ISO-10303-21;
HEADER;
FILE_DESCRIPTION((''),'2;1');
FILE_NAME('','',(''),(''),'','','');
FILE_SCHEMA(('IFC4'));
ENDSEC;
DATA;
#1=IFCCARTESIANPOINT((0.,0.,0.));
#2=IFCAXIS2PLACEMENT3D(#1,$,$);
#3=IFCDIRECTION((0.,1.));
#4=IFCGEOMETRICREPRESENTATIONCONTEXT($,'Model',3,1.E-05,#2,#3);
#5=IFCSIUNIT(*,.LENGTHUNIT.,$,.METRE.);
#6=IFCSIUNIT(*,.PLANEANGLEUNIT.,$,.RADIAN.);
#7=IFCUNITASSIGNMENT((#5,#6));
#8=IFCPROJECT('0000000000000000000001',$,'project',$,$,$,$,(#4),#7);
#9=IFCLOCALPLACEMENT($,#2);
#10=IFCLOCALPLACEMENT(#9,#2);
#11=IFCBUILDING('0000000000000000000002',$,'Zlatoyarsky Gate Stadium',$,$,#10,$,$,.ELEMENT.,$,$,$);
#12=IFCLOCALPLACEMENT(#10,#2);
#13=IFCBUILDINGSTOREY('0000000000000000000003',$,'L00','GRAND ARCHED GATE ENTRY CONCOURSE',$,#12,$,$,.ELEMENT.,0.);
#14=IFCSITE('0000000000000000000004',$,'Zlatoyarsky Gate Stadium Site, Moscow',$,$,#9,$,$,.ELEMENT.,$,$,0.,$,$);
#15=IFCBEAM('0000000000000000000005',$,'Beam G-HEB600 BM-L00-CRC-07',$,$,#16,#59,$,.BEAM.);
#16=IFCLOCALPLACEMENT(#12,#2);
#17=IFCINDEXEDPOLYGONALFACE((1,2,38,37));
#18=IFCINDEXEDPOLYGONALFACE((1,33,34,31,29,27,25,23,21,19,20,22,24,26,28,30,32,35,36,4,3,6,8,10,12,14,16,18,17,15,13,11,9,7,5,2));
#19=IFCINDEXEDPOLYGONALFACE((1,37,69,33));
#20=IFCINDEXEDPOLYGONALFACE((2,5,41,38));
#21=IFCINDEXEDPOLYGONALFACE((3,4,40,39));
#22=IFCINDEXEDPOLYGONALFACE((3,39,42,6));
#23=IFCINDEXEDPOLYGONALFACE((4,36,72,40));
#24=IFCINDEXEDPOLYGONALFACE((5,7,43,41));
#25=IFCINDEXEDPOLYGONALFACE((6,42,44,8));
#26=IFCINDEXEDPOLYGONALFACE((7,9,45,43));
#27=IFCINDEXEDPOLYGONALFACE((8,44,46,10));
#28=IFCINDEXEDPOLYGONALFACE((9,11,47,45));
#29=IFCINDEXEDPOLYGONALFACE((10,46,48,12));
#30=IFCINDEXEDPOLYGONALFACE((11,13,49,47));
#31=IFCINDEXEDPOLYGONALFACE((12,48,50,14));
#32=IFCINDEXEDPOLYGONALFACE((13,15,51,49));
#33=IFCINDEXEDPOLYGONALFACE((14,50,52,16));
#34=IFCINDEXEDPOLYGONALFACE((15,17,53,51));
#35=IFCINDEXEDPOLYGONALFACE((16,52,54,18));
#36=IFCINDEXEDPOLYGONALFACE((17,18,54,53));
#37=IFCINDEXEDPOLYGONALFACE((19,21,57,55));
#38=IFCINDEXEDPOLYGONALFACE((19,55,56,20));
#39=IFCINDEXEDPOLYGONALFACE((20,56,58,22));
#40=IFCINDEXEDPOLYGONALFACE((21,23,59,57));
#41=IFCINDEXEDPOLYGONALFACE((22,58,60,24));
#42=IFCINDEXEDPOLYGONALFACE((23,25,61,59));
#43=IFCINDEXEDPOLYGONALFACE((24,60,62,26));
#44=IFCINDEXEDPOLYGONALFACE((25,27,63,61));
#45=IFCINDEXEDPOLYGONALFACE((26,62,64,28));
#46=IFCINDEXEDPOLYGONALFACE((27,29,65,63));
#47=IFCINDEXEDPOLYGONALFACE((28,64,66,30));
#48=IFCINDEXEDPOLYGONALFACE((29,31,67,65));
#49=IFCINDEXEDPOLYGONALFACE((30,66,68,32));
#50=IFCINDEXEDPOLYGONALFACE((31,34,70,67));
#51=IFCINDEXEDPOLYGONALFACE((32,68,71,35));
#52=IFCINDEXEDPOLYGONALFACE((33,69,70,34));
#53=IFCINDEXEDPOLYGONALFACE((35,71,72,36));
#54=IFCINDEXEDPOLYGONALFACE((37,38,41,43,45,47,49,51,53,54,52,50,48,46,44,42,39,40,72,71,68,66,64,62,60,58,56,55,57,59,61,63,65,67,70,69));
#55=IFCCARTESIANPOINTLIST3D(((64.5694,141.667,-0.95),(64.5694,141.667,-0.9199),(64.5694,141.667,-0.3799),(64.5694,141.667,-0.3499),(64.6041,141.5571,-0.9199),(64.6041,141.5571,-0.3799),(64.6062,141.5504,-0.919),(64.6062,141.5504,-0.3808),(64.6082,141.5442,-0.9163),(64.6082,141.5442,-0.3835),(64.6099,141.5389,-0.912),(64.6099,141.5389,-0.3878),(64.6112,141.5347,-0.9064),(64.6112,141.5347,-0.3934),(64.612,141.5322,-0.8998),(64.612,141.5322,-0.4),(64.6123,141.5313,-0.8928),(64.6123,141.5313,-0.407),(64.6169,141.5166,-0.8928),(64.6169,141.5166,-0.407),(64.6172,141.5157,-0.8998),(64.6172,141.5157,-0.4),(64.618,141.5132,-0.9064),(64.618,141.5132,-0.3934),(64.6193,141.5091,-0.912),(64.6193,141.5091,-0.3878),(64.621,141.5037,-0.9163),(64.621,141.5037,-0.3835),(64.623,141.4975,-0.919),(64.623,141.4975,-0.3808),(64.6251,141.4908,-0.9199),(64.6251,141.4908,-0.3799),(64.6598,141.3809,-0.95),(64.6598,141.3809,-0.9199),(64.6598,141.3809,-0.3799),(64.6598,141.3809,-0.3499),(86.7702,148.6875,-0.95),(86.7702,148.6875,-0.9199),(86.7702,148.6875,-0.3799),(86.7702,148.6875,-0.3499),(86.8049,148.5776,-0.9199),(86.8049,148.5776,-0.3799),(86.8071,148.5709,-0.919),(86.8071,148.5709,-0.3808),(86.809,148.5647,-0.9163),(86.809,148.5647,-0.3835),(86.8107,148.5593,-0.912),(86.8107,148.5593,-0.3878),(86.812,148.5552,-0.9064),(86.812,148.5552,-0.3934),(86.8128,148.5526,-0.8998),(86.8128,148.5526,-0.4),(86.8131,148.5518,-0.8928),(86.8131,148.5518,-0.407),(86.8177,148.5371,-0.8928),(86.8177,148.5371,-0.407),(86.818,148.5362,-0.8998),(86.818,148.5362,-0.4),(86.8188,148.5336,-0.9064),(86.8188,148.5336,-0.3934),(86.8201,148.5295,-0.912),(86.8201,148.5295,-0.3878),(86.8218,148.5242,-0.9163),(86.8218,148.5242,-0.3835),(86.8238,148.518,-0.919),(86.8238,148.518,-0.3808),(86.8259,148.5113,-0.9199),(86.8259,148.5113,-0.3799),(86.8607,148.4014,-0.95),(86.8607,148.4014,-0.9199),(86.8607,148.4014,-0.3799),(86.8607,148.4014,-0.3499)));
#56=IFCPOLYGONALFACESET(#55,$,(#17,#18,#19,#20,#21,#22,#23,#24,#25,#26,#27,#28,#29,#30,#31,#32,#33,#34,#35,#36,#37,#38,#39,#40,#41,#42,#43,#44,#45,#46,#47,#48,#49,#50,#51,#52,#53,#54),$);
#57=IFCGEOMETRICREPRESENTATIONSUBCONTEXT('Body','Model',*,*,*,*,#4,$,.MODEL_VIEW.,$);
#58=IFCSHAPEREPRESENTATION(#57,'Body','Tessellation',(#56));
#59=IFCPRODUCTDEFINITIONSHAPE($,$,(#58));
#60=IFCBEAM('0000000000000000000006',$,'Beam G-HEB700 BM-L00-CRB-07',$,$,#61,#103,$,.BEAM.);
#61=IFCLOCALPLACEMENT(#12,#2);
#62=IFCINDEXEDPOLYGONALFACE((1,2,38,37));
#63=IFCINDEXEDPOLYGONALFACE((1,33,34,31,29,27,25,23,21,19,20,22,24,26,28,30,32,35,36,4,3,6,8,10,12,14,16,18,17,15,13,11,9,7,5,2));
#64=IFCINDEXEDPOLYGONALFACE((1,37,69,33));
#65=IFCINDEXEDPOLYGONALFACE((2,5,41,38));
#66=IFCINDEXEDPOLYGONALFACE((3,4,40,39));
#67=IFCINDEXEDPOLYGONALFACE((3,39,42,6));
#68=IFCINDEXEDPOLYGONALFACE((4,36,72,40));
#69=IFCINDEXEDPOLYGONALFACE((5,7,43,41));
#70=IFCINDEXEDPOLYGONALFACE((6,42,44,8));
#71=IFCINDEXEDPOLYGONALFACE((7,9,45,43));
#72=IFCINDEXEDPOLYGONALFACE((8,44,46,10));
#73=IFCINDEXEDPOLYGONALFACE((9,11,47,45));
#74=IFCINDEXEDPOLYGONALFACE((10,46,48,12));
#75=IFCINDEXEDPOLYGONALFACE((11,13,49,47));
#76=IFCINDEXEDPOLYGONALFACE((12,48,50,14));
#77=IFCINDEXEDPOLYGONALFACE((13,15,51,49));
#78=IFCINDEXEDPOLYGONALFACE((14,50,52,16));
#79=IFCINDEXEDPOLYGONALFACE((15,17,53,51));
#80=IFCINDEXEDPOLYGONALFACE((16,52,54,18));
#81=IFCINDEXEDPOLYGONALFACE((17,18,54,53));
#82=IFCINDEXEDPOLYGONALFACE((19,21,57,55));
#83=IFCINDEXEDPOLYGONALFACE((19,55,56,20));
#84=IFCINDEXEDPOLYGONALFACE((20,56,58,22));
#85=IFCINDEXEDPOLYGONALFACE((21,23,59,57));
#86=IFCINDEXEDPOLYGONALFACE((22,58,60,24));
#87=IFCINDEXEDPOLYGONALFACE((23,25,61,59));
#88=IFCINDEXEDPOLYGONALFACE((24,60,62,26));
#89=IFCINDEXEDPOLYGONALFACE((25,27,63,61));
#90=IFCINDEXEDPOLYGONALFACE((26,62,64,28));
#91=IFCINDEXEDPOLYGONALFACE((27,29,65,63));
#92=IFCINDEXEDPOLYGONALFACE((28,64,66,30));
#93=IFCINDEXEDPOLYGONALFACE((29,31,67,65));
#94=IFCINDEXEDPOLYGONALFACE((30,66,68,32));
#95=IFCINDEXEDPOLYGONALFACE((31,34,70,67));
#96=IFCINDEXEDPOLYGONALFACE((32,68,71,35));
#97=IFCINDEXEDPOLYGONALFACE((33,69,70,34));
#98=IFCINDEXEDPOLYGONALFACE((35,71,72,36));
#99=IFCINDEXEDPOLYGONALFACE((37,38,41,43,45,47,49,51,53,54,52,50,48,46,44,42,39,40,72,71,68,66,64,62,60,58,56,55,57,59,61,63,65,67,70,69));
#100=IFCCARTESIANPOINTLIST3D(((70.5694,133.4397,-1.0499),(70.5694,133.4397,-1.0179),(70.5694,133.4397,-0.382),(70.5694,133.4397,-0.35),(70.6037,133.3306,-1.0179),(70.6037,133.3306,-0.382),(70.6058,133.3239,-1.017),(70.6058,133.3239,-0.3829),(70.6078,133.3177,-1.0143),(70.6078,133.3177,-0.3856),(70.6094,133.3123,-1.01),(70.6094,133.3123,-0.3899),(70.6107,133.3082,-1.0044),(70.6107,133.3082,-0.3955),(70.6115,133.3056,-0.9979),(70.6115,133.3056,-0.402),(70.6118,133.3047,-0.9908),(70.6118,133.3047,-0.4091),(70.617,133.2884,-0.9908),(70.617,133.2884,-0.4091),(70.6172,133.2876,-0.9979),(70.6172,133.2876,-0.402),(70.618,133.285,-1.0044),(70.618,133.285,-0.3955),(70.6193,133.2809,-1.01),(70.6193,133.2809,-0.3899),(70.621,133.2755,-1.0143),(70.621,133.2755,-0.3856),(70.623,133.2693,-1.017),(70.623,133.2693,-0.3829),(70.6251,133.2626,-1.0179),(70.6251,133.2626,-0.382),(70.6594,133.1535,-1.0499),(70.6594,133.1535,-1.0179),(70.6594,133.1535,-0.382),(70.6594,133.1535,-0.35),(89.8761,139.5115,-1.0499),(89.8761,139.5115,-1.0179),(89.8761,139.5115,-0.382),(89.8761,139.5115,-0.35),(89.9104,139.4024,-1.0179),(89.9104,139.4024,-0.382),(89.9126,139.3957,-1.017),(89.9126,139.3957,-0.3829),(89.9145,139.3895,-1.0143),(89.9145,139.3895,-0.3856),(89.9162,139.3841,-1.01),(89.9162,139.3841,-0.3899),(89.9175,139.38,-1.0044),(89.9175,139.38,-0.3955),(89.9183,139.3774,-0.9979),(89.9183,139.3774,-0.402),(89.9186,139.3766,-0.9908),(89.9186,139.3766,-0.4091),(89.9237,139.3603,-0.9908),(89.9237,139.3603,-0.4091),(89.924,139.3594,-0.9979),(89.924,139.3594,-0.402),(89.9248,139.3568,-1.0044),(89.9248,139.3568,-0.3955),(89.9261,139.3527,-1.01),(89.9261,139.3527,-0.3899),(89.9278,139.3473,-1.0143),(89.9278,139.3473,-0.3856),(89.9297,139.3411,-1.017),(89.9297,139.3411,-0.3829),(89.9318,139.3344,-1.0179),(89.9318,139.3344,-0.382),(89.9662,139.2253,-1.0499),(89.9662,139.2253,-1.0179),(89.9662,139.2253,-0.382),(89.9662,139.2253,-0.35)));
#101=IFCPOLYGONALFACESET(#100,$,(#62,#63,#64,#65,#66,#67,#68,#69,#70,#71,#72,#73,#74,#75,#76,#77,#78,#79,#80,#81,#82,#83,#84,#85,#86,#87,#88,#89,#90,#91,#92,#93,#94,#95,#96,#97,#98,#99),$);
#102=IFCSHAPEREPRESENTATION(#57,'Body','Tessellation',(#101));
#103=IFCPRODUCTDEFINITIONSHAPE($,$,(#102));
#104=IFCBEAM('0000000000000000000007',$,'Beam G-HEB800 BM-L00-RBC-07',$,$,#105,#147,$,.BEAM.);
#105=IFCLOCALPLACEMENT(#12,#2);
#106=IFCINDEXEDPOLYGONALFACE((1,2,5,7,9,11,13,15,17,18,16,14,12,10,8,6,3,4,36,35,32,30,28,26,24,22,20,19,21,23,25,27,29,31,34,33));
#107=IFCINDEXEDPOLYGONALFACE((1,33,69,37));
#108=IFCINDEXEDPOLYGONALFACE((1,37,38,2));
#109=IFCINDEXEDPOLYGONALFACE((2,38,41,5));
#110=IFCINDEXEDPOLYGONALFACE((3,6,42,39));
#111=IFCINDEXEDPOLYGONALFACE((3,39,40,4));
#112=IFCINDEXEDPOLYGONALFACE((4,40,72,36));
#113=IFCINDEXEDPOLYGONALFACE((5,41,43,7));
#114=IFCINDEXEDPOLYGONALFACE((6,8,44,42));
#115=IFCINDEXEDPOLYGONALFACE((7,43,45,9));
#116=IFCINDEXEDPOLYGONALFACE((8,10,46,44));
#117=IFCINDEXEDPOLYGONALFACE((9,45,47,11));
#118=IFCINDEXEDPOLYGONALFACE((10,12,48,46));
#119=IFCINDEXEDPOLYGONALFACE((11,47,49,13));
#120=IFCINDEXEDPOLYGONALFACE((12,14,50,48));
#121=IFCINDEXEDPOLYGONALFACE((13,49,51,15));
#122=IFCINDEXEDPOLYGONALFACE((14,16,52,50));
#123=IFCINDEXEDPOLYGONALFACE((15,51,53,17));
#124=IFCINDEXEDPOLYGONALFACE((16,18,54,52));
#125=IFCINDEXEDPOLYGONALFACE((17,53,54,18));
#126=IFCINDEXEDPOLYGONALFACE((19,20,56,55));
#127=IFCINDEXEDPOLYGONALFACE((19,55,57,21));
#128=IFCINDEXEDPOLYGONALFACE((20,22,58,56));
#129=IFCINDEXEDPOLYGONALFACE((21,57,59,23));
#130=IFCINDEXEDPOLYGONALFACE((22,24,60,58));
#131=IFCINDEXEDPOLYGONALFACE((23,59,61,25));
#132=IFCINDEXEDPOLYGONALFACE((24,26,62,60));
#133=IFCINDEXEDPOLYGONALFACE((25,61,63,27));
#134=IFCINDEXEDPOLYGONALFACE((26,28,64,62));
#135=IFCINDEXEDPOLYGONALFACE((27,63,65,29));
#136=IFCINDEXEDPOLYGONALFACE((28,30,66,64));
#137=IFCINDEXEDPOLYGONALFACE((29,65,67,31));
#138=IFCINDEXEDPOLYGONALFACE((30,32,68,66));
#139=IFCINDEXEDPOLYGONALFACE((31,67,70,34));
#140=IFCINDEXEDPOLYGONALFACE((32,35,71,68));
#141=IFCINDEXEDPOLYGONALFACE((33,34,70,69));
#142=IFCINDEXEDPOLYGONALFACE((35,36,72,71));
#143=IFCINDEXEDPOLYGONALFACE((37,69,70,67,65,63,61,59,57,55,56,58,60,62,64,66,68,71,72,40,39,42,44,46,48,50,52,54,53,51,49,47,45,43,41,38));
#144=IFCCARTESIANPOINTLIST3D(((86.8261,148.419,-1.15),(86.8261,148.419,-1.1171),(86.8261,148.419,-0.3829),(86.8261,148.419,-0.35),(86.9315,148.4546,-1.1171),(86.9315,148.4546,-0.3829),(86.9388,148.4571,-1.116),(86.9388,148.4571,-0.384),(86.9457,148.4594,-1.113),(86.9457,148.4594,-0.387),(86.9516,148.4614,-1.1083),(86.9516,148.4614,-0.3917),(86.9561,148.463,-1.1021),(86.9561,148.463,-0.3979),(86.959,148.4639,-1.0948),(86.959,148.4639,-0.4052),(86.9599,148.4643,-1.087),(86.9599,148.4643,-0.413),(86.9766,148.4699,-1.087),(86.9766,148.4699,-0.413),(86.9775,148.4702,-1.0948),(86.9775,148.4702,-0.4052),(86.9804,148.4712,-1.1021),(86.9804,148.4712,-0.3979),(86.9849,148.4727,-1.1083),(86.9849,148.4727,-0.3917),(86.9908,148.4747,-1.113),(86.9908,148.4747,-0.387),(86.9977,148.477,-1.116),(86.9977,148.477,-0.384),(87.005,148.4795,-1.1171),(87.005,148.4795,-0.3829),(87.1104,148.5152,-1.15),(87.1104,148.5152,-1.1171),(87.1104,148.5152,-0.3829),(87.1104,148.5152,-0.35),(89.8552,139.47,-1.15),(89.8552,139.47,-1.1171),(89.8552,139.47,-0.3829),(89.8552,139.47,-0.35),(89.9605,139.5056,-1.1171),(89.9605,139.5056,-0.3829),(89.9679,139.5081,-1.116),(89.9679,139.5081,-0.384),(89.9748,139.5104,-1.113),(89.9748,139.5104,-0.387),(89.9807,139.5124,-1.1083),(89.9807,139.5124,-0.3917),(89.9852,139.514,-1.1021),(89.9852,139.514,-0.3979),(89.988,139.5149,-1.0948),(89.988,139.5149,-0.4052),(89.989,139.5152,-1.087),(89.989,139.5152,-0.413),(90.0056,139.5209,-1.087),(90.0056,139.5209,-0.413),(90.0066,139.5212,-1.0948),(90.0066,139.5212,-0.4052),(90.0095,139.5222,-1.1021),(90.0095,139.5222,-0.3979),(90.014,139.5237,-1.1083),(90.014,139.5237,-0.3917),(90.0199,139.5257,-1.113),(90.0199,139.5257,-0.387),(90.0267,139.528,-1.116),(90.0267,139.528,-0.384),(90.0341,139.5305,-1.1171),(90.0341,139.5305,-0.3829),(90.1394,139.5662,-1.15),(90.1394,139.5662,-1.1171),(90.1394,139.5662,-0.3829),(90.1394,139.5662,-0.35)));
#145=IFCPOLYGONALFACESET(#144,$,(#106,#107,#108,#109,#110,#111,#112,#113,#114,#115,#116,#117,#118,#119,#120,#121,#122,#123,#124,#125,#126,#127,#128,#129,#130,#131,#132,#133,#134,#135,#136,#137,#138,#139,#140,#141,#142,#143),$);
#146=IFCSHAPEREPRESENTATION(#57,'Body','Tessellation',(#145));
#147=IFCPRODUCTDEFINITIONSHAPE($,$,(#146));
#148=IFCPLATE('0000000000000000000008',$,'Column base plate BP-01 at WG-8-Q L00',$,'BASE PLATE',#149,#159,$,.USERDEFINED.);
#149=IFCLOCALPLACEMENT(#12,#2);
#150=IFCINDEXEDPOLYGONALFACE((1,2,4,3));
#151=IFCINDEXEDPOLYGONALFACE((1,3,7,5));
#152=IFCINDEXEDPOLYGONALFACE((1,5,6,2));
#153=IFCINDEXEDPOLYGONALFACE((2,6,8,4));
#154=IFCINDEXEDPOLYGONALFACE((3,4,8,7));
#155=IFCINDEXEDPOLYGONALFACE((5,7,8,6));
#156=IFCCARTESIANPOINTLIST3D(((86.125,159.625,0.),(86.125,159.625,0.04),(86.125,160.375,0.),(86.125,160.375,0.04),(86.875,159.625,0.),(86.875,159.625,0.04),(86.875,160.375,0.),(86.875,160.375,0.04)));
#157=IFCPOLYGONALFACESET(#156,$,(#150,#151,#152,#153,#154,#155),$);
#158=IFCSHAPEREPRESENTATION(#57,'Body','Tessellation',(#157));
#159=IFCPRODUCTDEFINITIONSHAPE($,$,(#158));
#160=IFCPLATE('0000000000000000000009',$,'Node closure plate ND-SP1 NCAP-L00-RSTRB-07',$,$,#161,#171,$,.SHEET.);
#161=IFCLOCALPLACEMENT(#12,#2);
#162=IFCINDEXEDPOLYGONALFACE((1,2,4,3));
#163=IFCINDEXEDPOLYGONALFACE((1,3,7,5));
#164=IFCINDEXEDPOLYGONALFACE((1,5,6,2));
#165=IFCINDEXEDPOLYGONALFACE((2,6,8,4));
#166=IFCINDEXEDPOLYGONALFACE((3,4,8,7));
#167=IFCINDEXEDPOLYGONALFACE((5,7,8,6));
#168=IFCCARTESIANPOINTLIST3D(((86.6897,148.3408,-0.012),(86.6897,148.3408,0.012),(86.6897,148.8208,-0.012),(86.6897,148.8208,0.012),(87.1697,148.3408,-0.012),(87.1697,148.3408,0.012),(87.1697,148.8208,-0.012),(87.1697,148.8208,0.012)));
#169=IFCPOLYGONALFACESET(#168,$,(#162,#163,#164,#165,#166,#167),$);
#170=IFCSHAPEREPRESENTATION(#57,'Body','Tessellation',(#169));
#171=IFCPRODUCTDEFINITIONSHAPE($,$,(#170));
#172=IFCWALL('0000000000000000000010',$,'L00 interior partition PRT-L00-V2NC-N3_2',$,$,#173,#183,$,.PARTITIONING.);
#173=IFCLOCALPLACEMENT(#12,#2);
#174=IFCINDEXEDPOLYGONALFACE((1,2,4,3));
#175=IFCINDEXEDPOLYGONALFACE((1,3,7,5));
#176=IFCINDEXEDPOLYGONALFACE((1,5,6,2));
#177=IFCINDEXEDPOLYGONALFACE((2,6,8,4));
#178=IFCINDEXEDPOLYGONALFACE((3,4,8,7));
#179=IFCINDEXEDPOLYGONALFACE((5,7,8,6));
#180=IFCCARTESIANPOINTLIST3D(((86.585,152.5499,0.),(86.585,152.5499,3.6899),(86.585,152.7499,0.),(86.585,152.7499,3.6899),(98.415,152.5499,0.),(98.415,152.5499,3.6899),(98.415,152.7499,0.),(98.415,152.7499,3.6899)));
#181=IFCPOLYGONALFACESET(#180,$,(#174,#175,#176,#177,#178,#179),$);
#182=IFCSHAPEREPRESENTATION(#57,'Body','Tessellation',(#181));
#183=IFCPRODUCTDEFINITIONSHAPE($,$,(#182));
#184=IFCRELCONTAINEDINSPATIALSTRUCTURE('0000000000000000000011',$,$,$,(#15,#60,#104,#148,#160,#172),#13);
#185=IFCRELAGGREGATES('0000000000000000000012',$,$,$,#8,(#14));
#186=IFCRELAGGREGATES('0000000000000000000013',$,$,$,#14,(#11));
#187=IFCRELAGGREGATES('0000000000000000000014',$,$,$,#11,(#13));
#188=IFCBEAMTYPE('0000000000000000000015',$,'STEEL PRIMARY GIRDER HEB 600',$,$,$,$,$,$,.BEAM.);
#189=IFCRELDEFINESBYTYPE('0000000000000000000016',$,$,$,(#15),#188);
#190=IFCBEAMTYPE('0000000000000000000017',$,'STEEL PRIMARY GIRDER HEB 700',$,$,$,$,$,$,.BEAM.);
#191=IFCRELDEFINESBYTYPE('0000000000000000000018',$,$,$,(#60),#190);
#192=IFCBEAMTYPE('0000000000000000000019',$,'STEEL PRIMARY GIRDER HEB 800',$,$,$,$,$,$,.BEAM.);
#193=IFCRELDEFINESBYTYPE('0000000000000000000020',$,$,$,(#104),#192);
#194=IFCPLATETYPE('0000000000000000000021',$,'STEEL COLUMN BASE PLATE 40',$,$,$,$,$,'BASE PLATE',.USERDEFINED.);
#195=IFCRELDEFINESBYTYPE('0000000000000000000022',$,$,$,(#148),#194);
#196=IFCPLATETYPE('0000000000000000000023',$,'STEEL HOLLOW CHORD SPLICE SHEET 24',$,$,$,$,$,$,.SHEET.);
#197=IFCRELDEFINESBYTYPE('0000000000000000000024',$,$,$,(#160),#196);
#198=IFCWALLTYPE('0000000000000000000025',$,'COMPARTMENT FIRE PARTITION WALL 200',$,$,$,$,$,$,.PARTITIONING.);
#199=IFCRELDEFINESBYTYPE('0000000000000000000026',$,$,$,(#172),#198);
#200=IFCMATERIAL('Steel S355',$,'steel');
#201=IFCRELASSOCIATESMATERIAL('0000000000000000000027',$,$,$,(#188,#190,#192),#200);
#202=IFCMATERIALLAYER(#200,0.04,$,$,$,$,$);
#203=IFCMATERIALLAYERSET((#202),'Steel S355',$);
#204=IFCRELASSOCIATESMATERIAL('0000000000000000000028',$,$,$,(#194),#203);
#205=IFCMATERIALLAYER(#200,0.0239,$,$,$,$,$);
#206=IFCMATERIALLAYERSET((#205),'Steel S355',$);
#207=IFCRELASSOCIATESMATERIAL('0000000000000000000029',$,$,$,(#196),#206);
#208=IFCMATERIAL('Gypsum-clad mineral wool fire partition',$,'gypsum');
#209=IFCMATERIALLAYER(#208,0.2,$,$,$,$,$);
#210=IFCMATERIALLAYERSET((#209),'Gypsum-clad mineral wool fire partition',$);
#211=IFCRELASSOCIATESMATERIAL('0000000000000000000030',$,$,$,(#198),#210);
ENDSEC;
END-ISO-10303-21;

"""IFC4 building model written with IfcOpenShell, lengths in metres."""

from ifc_helpers import new_model, si_unit, direction, frame, frame_2d, origin, origin_2d, place, context, subcontext, project, spatial, rectangle, i_section, extrude, material, layer, layer_set, material_profile, profile_set, type_object, element, save


model = new_model("IFC4")

# Units and contexts
model_context = context("Model", 3, precision=1e-05, world=origin(), true_north=direction((0.0, 1.0)))
body_context = subcontext(model_context, "Body", "Model", "MODEL_VIEW")
ifc_project = project(units=[si_unit("LENGTHUNIT", "METRE"), si_unit("PLANEANGLEUNIT", "RADIAN")], contexts=[model_context])

# Site, building, storey
site_placement = place(None, origin())
site = spatial("IfcSite", under=ifc_project, at=site_placement, Name="Zlatoyarsky Gate Stadium Site, Moscow", CompositionType="ELEMENT", RefElevation=0.0)
building_placement = place(site_placement, origin())
building = spatial("IfcBuilding", under=site, at=building_placement, Name="Zlatoyarsky Gate Stadium", CompositionType="ELEMENT")
storey_placement = place(building_placement, origin())
storey = spatial("IfcBuildingStorey", under=building, at=storey_placement, Name="L00", Description="GRAND ARCHED GATE ENTRY CONCOURSE", CompositionType="ELEMENT", Elevation=0.0)

# Shared definitions
ifc_material_1 = material(Name="Steel S355", Category="steel")

# Beams
ifc_material_profile_1 = material_profile(ifc_material_1, i_section(OverallWidth=0.3, OverallDepth=0.6001, WebThickness=0.0154, FlangeThickness=0.03, FilletRadius=0.0271, at=origin_2d()), Name="HEB 600")
ifc_profile_set_1 = profile_set([ifc_material_profile_1], Name="Steel S355")
beam_type_1 = type_object("IfcBeamType", Name="STEEL PRIMARY GIRDER HEB 600", PredefinedType="BEAM", material=ifc_profile_set_1)
beam_1_placement = place(storey_placement, frame((86.8154, 148.5444, -0.6499), z_axis=(-0.953463, -0.30151, 0.0), x_axis=(0.30151, -0.953463, 0.0)))
element("IfcBeam", 1, at=beam_1_placement, inside=storey, type_object=beam_type_1, Name="Beam G-HEB600 BM-L00-CRC-07", PredefinedType="BEAM", context=body_context, shape_type="SweptSolid", body=[
    extrude(i_section(OverallWidth=0.3, OverallDepth=0.6001, WebThickness=0.0154, FlangeThickness=0.03, FilletRadius=0.0271, at=origin_2d()), origin(), (0.0, 0.0, 1.0), 23.2844),
])
ifc_material_profile_2 = material_profile(ifc_material_1, i_section(OverallWidth=0.3, OverallDepth=0.7, WebThickness=0.0171, FlangeThickness=0.032, FilletRadius=0.0271, at=origin_2d()), Name="HEB 700")
ifc_profile_set_2 = profile_set([ifc_material_profile_2], Name="Steel S355")
beam_type_2 = type_object("IfcBeamType", Name="STEEL PRIMARY GIRDER HEB 700", PredefinedType="BEAM", material=ifc_profile_set_2)
beam_2_placement = place(storey_placement, frame((89.9211, 139.3684, -0.7), z_axis=(-0.953938, -0.300005, 0.0), x_axis=(0.300005, -0.953938, 0.0)))
element("IfcBeam", 2, at=beam_2_placement, inside=storey, type_object=beam_type_2, Name="Beam G-HEB700 BM-L00-CRB-07", PredefinedType="BEAM", context=body_context, shape_type="SweptSolid", body=[
    extrude(i_section(OverallWidth=0.3, OverallDepth=0.7, WebThickness=0.0171, FlangeThickness=0.032, FilletRadius=0.0271, at=origin_2d()), origin(), (0.0, 0.0, 1.0), 20.239),
])
ifc_material_profile_3 = material_profile(ifc_material_1, i_section(OverallWidth=0.3, OverallDepth=0.8, WebThickness=0.0176, FlangeThickness=0.033, FilletRadius=0.03, at=origin_2d()), Name="HEB 800")
ifc_profile_set_3 = profile_set([ifc_material_profile_3], Name="Steel S355")
beam_type_3 = type_object("IfcBeamType", Name="STEEL PRIMARY GIRDER HEB 800", PredefinedType="BEAM", material=ifc_profile_set_3)
beam_3_placement = place(storey_placement, frame((89.9973, 139.5181, -0.75), z_axis=(-0.320612, 0.947211, 0.0), x_axis=(-0.947211, -0.320612, 0.0)))
element("IfcBeam", 3, at=beam_3_placement, inside=storey, type_object=beam_type_3, Name="Beam G-HEB800 BM-L00-RBC-07", PredefinedType="BEAM", context=body_context, shape_type="SweptSolid", body=[
    extrude(i_section(OverallWidth=0.3, OverallDepth=0.8, WebThickness=0.0176, FlangeThickness=0.033, FilletRadius=0.03, at=origin_2d()), origin(), (0.0, 0.0, 1.0), 9.4478),
])

# Plates
ifc_layer_1 = layer(ifc_material_1, 0.04)
ifc_layer_set_1 = layer_set([ifc_layer_1], Name="Steel S355")
plate_type_1 = type_object("IfcPlateType", Name="STEEL COLUMN BASE PLATE 40", ElementType="BASE PLATE", PredefinedType="USERDEFINED", material=ifc_layer_set_1)
plate_1_placement = place(storey_placement, frame((86.5, 160.0, 0.0), z_axis=(0.0, 0.0, 1.0), x_axis=(1.0, 0.0, 0.0)))
element("IfcPlate", 4, at=plate_1_placement, inside=storey, type_object=plate_type_1, Name="Column base plate BP-01 at WG-8-Q L00", ObjectType="BASE PLATE", PredefinedType="USERDEFINED", context=body_context, shape_type="SweptSolid", body=[
    extrude(rectangle(XDim=0.75, YDim=0.75, at=origin_2d()), origin(), (0.0, 0.0, 1.0), 0.04),
])
ifc_layer_2 = layer(ifc_material_1, 0.0239)
ifc_layer_set_2 = layer_set([ifc_layer_2], Name="Steel S355")
plate_type_2 = type_object("IfcPlateType", Name="STEEL HOLLOW CHORD SPLICE SHEET 24", PredefinedType="SHEET", material=ifc_layer_set_2)
plate_2_placement = place(storey_placement, frame((86.9297, 148.5808, -0.012), z_axis=(0.0, 0.0, 1.0), x_axis=(1.0, 0.0, 0.0)))
element("IfcPlate", 5, at=plate_2_placement, inside=storey, type_object=plate_type_2, Name="Node closure plate ND-SP1 NCAP-L00-RSTRB-07", PredefinedType="SHEET", context=body_context, shape_type="SweptSolid", body=[
    extrude(rectangle(XDim=0.48, YDim=0.48, at=origin_2d()), origin(), (0.0, 0.0, 1.0), 0.0239),
])

# Wall
ifc_material_2 = material(Name="Gypsum-clad mineral wool fire partition", Category="gypsum")
ifc_layer_3 = layer(ifc_material_2, 0.2)
ifc_layer_set_3 = layer_set([ifc_layer_3], Name="Gypsum-clad mineral wool fire partition")
wall_type_1 = type_object("IfcWallType", Name="COMPARTMENT FIRE PARTITION WALL 200", PredefinedType="PARTITIONING", material=ifc_layer_set_3)
wall_1_placement = place(storey_placement, frame((86.585, 152.6499, 0.0), z_axis=(0.0, 0.0, 1.0), x_axis=(1.0, 0.0, 0.0)))
element("IfcWall", 6, at=wall_1_placement, inside=storey, type_object=wall_type_1, Name="L00 interior partition PRT-L00-V2NC-N3_2", PredefinedType="PARTITIONING", context=body_context, shape_type="SweptSolid", body=[
    extrude(rectangle(XDim=11.8301, YDim=0.2, at=frame_2d((5.915, 0.0))), origin(), (0.0, 0.0, 1.0), 3.6899),
])

save(model, "model.ifc")
